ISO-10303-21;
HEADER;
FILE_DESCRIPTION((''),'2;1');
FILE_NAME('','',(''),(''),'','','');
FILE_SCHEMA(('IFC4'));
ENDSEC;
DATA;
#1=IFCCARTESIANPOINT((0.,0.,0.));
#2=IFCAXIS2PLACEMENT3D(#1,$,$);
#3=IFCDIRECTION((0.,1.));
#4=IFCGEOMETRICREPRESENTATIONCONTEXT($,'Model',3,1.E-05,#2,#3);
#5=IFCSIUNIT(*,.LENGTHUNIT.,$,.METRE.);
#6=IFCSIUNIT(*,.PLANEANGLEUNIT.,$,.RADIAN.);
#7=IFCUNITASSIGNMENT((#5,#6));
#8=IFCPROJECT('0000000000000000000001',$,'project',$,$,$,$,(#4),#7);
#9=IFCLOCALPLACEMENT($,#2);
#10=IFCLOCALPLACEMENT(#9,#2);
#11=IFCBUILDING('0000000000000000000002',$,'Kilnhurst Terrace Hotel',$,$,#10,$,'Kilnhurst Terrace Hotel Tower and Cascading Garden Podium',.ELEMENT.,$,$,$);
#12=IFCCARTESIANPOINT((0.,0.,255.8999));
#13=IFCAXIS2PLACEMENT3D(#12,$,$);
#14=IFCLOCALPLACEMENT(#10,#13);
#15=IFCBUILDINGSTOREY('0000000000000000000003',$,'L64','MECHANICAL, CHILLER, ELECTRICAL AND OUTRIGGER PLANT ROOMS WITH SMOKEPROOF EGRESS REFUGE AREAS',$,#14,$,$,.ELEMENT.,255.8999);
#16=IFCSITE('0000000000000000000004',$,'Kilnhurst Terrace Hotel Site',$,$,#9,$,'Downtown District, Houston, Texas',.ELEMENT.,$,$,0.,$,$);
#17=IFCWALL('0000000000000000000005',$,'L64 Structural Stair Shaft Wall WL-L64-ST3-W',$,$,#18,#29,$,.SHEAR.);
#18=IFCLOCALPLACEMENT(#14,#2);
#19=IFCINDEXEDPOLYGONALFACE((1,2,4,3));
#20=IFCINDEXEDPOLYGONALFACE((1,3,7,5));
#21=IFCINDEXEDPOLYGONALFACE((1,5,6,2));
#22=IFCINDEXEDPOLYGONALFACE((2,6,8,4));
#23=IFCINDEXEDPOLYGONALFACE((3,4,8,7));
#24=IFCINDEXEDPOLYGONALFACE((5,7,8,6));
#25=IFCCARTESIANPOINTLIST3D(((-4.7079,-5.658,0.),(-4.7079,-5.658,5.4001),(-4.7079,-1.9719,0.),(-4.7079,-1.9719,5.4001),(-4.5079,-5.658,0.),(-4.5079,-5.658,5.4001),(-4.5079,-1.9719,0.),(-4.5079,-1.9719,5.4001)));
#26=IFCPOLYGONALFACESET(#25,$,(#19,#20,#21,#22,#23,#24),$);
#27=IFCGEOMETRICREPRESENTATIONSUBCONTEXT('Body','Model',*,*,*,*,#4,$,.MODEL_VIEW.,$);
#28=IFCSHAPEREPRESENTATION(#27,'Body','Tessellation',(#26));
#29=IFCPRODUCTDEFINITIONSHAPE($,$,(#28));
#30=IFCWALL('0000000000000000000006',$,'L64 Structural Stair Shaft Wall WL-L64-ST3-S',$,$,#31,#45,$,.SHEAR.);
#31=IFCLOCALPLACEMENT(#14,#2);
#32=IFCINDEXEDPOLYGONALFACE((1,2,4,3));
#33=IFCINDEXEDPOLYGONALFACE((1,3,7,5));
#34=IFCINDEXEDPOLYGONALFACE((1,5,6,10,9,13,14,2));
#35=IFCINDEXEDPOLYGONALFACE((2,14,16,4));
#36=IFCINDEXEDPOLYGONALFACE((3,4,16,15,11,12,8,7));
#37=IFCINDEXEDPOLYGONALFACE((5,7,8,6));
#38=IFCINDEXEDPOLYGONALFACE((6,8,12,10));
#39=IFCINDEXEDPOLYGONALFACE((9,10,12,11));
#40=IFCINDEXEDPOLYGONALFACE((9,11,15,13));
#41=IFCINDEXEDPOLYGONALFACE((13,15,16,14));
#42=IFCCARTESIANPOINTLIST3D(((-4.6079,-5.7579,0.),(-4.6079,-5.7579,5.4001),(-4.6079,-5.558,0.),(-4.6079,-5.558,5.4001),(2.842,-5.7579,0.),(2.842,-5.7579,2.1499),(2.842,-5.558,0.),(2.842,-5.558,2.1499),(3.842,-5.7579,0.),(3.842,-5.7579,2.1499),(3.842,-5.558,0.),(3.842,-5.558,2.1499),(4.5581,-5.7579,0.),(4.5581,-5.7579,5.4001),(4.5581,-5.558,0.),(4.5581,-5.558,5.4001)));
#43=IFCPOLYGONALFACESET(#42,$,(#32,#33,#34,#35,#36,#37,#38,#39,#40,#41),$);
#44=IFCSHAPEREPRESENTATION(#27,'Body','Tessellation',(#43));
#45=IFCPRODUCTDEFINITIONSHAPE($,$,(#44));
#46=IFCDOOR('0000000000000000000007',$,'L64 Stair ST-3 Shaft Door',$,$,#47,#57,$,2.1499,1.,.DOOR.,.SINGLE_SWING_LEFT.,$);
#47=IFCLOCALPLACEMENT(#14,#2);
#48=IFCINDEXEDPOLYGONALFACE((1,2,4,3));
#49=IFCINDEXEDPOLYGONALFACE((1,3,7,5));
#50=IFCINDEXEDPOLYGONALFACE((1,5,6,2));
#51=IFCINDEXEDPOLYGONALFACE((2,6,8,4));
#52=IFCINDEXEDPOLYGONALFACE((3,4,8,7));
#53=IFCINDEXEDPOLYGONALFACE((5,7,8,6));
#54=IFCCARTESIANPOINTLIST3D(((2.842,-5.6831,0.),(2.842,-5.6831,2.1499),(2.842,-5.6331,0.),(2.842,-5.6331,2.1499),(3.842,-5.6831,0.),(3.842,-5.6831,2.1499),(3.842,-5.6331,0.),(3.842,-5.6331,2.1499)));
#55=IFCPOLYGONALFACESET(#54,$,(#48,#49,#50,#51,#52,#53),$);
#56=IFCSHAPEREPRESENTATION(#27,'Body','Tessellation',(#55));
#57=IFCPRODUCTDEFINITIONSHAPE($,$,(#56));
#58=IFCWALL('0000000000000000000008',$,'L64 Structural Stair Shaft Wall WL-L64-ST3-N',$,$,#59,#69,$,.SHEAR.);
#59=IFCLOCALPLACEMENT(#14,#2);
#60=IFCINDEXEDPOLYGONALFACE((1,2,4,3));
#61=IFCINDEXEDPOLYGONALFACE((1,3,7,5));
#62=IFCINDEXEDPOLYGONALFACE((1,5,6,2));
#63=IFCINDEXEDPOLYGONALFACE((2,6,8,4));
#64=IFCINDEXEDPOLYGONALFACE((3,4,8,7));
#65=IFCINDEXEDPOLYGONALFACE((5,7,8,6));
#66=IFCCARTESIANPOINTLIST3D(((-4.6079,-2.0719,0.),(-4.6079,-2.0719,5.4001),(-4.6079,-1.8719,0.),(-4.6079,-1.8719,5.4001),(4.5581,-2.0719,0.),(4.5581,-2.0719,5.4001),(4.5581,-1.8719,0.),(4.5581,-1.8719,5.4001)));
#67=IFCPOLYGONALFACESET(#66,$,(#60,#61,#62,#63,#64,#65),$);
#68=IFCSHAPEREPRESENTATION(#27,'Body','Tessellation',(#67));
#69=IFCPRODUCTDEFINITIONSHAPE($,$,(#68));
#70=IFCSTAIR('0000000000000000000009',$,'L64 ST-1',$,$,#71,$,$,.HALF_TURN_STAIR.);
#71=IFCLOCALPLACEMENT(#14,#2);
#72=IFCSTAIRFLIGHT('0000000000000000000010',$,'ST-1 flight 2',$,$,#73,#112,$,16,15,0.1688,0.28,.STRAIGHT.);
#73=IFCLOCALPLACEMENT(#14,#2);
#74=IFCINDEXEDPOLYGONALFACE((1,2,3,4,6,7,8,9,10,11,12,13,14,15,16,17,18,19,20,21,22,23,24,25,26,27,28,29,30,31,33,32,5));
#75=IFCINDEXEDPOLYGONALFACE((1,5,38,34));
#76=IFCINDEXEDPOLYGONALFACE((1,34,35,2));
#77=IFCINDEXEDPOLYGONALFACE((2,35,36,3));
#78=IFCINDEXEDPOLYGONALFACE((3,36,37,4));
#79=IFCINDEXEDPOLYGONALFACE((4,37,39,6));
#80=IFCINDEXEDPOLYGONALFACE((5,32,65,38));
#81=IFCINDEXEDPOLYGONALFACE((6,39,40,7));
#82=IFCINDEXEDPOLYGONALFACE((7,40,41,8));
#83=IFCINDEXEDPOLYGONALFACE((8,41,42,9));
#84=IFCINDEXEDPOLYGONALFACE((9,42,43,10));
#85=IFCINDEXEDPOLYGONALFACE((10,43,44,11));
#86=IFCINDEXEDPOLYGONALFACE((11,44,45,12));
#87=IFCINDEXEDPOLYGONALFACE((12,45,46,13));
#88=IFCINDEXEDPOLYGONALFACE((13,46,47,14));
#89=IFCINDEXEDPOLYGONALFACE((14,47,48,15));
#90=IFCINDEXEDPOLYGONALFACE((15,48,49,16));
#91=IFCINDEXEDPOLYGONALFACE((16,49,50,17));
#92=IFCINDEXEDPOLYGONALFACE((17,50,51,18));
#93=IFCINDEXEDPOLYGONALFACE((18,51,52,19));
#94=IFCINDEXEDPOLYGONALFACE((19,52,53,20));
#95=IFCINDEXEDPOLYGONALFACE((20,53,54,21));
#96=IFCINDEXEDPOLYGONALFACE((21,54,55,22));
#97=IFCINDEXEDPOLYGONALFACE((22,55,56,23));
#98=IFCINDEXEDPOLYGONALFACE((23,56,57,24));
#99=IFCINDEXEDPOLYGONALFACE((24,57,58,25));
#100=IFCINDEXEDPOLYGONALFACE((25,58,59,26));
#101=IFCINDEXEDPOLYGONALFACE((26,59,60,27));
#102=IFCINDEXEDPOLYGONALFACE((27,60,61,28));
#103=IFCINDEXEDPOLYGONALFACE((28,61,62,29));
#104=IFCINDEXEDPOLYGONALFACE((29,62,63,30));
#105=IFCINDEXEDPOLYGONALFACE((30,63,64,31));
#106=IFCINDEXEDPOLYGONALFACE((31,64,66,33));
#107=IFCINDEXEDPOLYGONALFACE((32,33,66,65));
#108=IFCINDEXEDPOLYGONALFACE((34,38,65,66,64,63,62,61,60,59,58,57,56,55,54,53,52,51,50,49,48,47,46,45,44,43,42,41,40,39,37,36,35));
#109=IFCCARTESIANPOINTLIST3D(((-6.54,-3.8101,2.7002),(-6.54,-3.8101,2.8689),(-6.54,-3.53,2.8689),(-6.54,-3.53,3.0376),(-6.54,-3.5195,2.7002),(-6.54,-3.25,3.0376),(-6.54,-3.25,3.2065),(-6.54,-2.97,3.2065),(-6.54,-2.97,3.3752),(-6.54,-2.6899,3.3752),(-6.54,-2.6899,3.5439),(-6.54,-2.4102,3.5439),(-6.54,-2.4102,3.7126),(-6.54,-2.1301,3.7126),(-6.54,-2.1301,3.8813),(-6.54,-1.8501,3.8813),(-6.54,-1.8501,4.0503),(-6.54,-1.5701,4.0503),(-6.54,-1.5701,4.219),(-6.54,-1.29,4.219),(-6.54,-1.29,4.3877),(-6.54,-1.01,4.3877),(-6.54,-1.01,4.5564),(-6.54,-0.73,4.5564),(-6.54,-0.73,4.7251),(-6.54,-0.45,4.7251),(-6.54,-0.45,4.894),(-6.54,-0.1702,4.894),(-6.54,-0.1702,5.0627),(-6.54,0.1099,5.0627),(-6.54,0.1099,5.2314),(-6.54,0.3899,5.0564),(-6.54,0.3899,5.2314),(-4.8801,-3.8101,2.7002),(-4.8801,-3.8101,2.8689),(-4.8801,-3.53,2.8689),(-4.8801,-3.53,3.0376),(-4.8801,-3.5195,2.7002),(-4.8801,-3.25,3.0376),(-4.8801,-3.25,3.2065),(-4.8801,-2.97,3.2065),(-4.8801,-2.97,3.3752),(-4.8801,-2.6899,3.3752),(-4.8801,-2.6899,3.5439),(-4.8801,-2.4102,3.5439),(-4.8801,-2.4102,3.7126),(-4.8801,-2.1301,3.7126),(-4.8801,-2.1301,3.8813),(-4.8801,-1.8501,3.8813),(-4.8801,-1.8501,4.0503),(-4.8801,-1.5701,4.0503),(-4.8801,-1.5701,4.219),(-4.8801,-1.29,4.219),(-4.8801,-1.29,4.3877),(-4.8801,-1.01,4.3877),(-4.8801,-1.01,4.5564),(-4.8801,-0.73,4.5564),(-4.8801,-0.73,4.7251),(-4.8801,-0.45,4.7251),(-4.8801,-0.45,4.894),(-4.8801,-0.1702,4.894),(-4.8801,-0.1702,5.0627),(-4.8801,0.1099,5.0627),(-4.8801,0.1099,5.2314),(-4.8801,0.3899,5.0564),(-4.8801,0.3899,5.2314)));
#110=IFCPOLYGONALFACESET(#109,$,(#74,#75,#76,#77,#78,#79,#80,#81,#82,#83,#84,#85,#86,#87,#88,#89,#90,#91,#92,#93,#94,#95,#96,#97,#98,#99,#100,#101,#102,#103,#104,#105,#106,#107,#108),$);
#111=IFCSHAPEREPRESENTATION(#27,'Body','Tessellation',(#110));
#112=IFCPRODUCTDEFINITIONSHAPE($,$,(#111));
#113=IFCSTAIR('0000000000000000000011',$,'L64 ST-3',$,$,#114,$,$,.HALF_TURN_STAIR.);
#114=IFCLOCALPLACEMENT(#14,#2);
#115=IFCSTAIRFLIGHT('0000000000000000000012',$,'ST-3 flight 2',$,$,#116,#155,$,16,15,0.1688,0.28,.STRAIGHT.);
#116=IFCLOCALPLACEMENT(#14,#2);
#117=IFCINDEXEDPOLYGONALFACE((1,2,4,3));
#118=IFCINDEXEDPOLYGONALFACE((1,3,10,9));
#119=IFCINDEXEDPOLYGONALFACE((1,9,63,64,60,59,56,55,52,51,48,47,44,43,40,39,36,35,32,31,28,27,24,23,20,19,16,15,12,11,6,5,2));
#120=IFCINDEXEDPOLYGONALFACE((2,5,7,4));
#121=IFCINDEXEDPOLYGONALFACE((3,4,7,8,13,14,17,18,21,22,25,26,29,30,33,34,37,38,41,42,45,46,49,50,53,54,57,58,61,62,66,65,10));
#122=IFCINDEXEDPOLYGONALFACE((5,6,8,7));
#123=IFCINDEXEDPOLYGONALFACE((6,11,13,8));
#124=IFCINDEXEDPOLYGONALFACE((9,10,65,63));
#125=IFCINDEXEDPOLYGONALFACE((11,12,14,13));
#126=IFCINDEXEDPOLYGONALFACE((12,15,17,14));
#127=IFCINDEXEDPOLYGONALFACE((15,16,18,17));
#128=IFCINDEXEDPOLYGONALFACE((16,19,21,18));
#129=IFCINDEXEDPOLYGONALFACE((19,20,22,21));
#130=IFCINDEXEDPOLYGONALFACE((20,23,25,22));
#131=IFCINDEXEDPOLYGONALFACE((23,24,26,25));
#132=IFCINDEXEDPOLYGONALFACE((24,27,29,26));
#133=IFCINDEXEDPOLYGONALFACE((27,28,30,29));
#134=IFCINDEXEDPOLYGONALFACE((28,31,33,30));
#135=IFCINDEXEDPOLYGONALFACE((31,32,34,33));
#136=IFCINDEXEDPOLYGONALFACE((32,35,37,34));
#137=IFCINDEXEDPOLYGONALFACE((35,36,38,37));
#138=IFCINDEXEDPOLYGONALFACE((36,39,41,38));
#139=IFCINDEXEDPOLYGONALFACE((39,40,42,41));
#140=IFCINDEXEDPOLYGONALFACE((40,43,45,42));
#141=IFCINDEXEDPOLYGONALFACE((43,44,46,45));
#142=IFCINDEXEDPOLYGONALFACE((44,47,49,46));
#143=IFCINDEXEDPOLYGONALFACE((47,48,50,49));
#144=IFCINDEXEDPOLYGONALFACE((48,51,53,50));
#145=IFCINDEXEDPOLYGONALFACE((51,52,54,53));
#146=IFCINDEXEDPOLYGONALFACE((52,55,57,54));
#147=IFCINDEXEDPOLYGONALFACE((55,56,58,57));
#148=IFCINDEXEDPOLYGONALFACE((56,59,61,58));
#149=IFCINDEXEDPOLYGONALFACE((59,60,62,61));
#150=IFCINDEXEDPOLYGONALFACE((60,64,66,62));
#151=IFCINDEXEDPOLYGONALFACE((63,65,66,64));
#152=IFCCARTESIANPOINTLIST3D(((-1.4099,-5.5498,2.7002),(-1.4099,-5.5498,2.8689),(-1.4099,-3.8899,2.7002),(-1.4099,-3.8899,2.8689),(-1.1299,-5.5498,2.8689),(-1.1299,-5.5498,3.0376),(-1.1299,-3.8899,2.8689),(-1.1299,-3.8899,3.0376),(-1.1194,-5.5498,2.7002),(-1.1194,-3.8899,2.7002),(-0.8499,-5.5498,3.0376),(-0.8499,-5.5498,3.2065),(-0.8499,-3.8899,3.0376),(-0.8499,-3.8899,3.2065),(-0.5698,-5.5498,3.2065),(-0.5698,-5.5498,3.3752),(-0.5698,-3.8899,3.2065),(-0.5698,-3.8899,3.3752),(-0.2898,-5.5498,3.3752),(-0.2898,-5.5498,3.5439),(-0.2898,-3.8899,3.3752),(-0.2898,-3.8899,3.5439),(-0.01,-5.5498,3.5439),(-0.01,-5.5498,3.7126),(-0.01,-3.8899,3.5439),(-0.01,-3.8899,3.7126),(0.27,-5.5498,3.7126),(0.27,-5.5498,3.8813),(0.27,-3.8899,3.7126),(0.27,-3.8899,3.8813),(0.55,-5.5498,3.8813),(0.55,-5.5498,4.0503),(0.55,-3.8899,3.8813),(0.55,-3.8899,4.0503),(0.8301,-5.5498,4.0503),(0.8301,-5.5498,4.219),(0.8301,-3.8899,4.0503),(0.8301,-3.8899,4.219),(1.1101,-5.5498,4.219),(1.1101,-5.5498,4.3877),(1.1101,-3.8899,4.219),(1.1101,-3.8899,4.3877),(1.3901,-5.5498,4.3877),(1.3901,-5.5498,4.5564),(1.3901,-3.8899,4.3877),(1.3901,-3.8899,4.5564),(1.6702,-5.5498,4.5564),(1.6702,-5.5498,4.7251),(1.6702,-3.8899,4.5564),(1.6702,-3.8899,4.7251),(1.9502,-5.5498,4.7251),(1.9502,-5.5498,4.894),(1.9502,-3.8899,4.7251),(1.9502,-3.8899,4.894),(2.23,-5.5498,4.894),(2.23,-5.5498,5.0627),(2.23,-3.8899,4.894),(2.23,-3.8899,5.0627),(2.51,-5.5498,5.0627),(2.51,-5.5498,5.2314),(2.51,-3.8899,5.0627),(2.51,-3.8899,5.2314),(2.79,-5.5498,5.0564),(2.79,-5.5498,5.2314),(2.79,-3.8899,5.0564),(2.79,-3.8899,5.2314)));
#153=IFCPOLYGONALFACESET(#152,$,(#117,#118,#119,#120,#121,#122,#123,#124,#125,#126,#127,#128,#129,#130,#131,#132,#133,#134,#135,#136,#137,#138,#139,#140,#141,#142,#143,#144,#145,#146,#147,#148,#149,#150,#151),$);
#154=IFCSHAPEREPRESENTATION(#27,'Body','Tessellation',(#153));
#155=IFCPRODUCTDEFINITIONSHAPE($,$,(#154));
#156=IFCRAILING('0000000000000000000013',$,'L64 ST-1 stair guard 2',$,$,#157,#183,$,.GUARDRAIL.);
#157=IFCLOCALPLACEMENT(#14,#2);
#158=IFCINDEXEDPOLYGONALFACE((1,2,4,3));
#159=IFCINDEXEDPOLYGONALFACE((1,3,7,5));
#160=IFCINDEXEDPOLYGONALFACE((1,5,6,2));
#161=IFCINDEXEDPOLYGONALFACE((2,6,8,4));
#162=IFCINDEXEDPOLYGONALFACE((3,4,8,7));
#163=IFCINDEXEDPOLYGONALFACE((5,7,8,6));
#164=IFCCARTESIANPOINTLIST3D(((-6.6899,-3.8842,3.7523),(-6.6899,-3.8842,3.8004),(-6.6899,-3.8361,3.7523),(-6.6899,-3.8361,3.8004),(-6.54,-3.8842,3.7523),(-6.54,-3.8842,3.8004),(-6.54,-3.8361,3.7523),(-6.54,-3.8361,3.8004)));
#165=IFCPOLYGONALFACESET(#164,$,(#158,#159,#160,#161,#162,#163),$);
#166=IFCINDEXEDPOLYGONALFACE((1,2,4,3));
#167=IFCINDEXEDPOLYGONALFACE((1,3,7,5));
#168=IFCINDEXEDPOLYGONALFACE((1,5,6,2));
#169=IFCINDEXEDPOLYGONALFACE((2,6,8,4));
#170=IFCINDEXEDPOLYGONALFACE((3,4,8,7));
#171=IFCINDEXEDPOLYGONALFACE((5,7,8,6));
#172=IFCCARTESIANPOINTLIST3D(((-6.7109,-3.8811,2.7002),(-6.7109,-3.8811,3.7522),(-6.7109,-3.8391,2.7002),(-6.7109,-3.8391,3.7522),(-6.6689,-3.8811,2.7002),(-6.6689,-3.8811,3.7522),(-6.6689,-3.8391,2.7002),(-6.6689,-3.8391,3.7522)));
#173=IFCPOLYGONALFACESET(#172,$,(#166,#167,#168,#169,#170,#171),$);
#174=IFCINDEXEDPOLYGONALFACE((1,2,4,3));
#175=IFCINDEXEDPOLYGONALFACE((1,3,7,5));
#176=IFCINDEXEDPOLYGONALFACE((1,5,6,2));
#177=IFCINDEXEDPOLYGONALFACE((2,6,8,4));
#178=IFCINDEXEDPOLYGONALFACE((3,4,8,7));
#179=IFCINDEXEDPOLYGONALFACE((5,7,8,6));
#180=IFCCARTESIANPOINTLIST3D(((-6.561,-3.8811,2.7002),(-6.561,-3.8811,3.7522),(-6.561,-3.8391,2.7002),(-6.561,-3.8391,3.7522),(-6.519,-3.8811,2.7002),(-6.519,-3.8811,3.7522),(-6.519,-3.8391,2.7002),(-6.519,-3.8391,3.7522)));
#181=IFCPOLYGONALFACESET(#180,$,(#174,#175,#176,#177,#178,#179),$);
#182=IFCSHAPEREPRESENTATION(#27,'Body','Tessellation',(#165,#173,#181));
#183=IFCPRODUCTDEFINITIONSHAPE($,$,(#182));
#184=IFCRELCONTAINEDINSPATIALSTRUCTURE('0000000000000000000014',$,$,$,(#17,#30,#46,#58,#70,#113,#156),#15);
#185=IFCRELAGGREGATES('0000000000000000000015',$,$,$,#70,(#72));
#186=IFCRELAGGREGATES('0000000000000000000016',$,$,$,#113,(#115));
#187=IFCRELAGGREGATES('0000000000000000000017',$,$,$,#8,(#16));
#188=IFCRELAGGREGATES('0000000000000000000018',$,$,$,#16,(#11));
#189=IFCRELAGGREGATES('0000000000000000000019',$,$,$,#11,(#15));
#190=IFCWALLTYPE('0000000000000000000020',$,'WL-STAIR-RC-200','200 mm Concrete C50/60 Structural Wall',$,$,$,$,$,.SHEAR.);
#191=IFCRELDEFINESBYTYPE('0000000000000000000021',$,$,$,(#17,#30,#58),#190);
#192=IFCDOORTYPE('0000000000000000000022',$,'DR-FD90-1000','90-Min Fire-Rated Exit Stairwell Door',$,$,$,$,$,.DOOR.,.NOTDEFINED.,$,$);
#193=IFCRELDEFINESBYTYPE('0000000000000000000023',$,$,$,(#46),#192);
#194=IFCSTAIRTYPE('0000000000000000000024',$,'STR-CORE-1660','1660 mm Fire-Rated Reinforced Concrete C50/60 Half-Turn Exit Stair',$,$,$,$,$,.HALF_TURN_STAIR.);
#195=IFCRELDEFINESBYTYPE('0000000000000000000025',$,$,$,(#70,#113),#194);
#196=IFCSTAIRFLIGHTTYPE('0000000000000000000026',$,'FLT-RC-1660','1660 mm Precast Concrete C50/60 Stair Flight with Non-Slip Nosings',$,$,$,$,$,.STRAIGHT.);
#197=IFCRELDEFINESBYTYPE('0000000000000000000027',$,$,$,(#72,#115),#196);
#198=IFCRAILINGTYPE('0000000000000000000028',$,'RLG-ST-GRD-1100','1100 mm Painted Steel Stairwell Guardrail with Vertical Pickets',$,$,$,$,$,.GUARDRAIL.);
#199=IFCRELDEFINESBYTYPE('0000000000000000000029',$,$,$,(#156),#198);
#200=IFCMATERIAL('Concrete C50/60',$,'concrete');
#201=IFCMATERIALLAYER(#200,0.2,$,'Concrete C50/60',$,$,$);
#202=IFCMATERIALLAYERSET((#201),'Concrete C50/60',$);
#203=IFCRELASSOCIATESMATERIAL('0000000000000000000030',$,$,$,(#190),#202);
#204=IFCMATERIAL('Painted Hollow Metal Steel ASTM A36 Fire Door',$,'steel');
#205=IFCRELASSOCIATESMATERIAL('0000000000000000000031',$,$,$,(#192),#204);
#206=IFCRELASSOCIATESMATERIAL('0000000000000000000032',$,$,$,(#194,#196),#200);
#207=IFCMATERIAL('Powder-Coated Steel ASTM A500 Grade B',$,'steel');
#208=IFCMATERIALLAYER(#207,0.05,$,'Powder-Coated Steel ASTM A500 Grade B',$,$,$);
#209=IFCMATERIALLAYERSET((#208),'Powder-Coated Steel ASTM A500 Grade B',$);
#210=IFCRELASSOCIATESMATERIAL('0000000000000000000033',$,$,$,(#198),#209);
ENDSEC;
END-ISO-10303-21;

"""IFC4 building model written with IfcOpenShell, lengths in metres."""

from ifc_helpers import new_model, si_unit, direction, frame, frame_2d, origin, origin_2d, place, context, subcontext, project, spatial, polyline, rectangle, outline, extrude, material, layer, layer_set, type_object, element, fill, aggregate, save


model = new_model("IFC4")

# Units and contexts
model_context = context("Model", 3, precision=1e-05, world=origin(), true_north=direction((0.0, 1.0)))
body_context = subcontext(model_context, "Body", "Model", "MODEL_VIEW")
ifc_project = project(units=[si_unit("LENGTHUNIT", "METRE"), si_unit("PLANEANGLEUNIT", "RADIAN")], contexts=[model_context])

# Site, building, storey
site_placement = place(None, origin())
site = spatial("IfcSite", under=ifc_project, at=site_placement, Name="Kilnhurst Terrace Hotel Site", LongName="Downtown District, Houston, Texas", CompositionType="ELEMENT", RefElevation=0.0)
building_placement = place(site_placement, origin())
building = spatial("IfcBuilding", under=site, at=building_placement, Name="Kilnhurst Terrace Hotel", LongName="Kilnhurst Terrace Hotel Tower and Cascading Garden Podium", CompositionType="ELEMENT")
storey_placement = place(building_placement, frame((0.0, 0.0, 255.8999)))
storey = spatial("IfcBuildingStorey", under=building, at=storey_placement, Name="L64", Description="MECHANICAL, CHILLER, ELECTRICAL AND OUTRIGGER PLANT ROOMS WITH SMOKEPROOF EGRESS REFUGE AREAS", CompositionType="ELEMENT", Elevation=255.8999)

# Shared definitions
ifc_material_1 = material(Name="Painted Hollow Metal Steel ASTM A36 Fire Door", Category="steel")

# Wall
ifc_material_2 = material(Name="Concrete C50/60", Category="concrete")
ifc_layer_1 = layer(ifc_material_2, 0.2, Name="Concrete C50/60")
ifc_layer_set_1 = layer_set([ifc_layer_1], Name="Concrete C50/60")
wall_type_1 = type_object("IfcWallType", Name="WL-STAIR-RC-200", Description="200 mm Concrete C50/60 Structural Wall", PredefinedType="SHEAR", material=ifc_layer_set_1)
for number, where, z_axis, x_axis, name in (
    (1, (-4.6079, -5.658, 0.0), (0.0, 0.0, 1.0), (0.0, 1.0, 0.0), "L64 Structural Stair Shaft Wall WL-L64-ST3-W"),
):
    element("IfcWall", number, at=place(storey_placement, frame(where, z_axis=z_axis, x_axis=x_axis)), inside=storey, type_object=wall_type_1, Name=name, PredefinedType="SHEAR", context=body_context, shape_type="SweptSolid", body=[
        extrude(rectangle(XDim=3.686, YDim=0.2, at=frame_2d((1.843, 0.0))), origin(), (0.0, 0.0, 1.0), 5.4001),
    ])

# Wall, opening, door
wall_1_placement = place(storey_placement, frame((-4.6079, -5.658, 0.0), z_axis=(0.0, 0.0, 1.0), x_axis=(1.0, 0.0, 0.0)))
wall_1 = element("IfcWall", 2, at=wall_1_placement, inside=storey, type_object=wall_type_1, Name="L64 Structural Stair Shaft Wall WL-L64-ST3-S", PredefinedType="SHEAR", context=body_context, shape_type="SweptSolid", body=[
    extrude(rectangle(XDim=9.166, YDim=0.2, at=frame_2d((4.583, 0.0))), origin(), (0.0, 0.0, 1.0), 5.4001),
])
opening_1_placement = place(wall_1_placement, frame((7.45, 0.0, 0.0)))
opening_1 = element("IfcOpeningElement", 3, at=opening_1_placement, cuts=wall_1, PredefinedType="OPENING", context=body_context, shape_type="SweptSolid", body=[
    extrude(rectangle(XDim=1.0, YDim=2.1499, at=frame_2d((0.5, 1.075))), frame((0.0, 0.1099, 0.0), z_axis=(0.0, -1.0, 0.0), x_axis=(1.0, 0.0, 0.0)), (0.0, 0.0, 1.0), 0.22),
])
door_type_1 = type_object("IfcDoorType", Name="DR-FD90-1000", Description="90-Min Fire-Rated Exit Stairwell Door", OperationType="NOTDEFINED", PredefinedType="DOOR", material=ifc_material_1)
door_1_placement = place(opening_1_placement, origin())
door_1 = element("IfcDoor", 4, at=door_1_placement, inside=storey, type_object=door_type_1, Name="L64 Stair ST-3 Shaft Door", OperationType="SINGLE_SWING_LEFT", OverallHeight=2.1499, OverallWidth=1.0, PredefinedType="DOOR", context=body_context, shape_type="SweptSolid", body=[
    extrude(rectangle(XDim=1.0, YDim=2.1499, at=frame_2d((0.5, 1.075))), frame((0.0, 0.0249, 0.0), z_axis=(0.0, -1.0, 0.0), x_axis=(1.0, 0.0, 0.0)), (0.0, 0.0, 1.0), 0.05),
])
fill(opening_1, door_1)

# Wall
wall_2_placement = place(storey_placement, frame((-4.6079, -1.9719, 0.0), z_axis=(0.0, 0.0, 1.0), x_axis=(1.0, 0.0, 0.0)))
element("IfcWall", 5, at=wall_2_placement, inside=storey, type_object=wall_type_1, Name="L64 Structural Stair Shaft Wall WL-L64-ST3-N", PredefinedType="SHEAR", context=body_context, shape_type="SweptSolid", body=[
    extrude(rectangle(XDim=9.166, YDim=0.2, at=frame_2d((4.583, 0.0))), origin(), (0.0, 0.0, 1.0), 5.4001),
])

# Stairs, stair flights
stair_type = type_object("IfcStairType", Name="STR-CORE-1660", Description="1660 mm Fire-Rated Reinforced Concrete C50/60 Half-Turn Exit Stair", PredefinedType="HALF_TURN_STAIR", material=ifc_material_2)
stair_1_placement = place(storey_placement, origin())
stair_1 = element("IfcStair", 6, at=stair_1_placement, inside=storey, type_object=stair_type, Name="L64 ST-1", PredefinedType="HALF_TURN_STAIR")
stair_flight_type = type_object("IfcStairFlightType", Name="FLT-RC-1660", Description="1660 mm Precast Concrete C50/60 Stair Flight with Non-Slip Nosings", PredefinedType="STRAIGHT", material=ifc_material_2)
stair_flight_1_placement = place(storey_placement, frame((-5.71, -3.8101, 2.7002), z_axis=(0.0, 0.0, 1.0), x_axis=(0.0, 1.0, 0.0)))
stair_flight_1 = element("IfcStairFlight", 7, at=stair_flight_1_placement, type_object=stair_flight_type, Name="ST-1 flight 2", NumberOfRisers=16, NumberOfTreads=15, PredefinedType="STRAIGHT", RiserHeight=0.1688, TreadLength=0.28, context=body_context, shape_type="SweptSolid", body=[
    extrude(outline(polyline([(0.0, 0.0), (0.0, 0.1687), (0.28, 0.1687), (0.28, 0.3374), (0.5601, 0.3374), (0.5601, 0.5063), (0.8401, 0.5063), (0.8401, 0.675), (1.1201, 0.675), (1.1201, 0.8438), (1.3999, 0.8438), (1.3999, 1.0125), (1.6799, 1.0125), (1.6799, 1.1812), (1.96, 1.1812), (1.96, 1.3501), (2.24, 1.3501), (2.24, 1.5188), (2.52, 1.5188), (2.52, 1.6875), (2.8, 1.6875), (2.8, 1.8562), (3.0801, 1.8562), (3.0801, 2.0249), (3.3601, 2.0249), (3.3601, 2.1938), (3.6399, 2.1938), (3.6399, 2.3625), (3.9199, 2.3625), (3.9199, 2.5312), (4.2, 2.5312), (4.2, 2.7), (4.2, 2.3562), (0.2905, 0.0), (0.0, 0.0)])), frame((0.0, 0.8301, 0.0), z_axis=(0.0, -1.0, 0.0), x_axis=(1.0, 0.0, 0.0)), (0.0, 0.0, 1.0), 1.6599),
])
aggregate(stair_1, [stair_flight_1])
stair_2_placement = place(storey_placement, origin())
stair_2 = element("IfcStair", 8, at=stair_2_placement, inside=storey, type_object=stair_type, Name="L64 ST-3", PredefinedType="HALF_TURN_STAIR")
stair_flight_2_placement = place(storey_placement, frame((-1.4099, -4.72, 2.7002), z_axis=(0.0, 0.0, 1.0), x_axis=(1.0, 0.0, 0.0)))
stair_flight_2 = element("IfcStairFlight", 9, at=stair_flight_2_placement, type_object=stair_flight_type, Name="ST-3 flight 2", NumberOfRisers=16, NumberOfTreads=15, PredefinedType="STRAIGHT", RiserHeight=0.1688, TreadLength=0.28, context=body_context, shape_type="SweptSolid", body=[
    extrude(outline(polyline([(0.0, 0.0), (0.0, 0.1687), (0.28, 0.1687), (0.28, 0.3374), (0.5601, 0.3374), (0.5601, 0.5063), (0.8401, 0.5063), (0.8401, 0.675), (1.1201, 0.675), (1.1201, 0.8438), (1.3999, 0.8438), (1.3999, 1.0125), (1.6799, 1.0125), (1.6799, 1.1812), (1.96, 1.1812), (1.96, 1.3501), (2.24, 1.3501), (2.24, 1.5188), (2.52, 1.5188), (2.52, 1.6875), (2.8, 1.6875), (2.8, 1.8562), (3.0801, 1.8562), (3.0801, 2.0249), (3.3601, 2.0249), (3.3601, 2.1938), (3.6399, 2.1938), (3.6399, 2.3625), (3.9199, 2.3625), (3.9199, 2.5312), (4.2, 2.5312), (4.2, 2.7), (4.2, 2.3562), (0.2905, 0.0), (0.0, 0.0)])), frame((0.0, 0.8301, 0.0), z_axis=(0.0, -1.0, 0.0), x_axis=(1.0, 0.0, 0.0)), (0.0, 0.0, 1.0), 1.6599),
])
aggregate(stair_2, [stair_flight_2])

# Railing
ifc_material_3 = material(Name="Powder-Coated Steel ASTM A500 Grade B", Category="steel")
ifc_layer_2 = layer(ifc_material_3, 0.05, Name="Powder-Coated Steel ASTM A500 Grade B")
ifc_layer_set_2 = layer_set([ifc_layer_2], Name="Powder-Coated Steel ASTM A500 Grade B")
railing_type_1 = type_object("IfcRailingType", Name="RLG-ST-GRD-1100", Description="1100 mm Painted Steel Stairwell Guardrail with Vertical Pickets", PredefinedType="GUARDRAIL", material=ifc_layer_set_2)
railing_1_placement = place(storey_placement, frame((-6.6899, -3.8601, 2.7002)))
element("IfcRailing", 10, at=railing_1_placement, inside=storey, type_object=railing_type_1, Name="L64 ST-1 stair guard 2", PredefinedType="GUARDRAIL", context=body_context, shape_type="SweptSolid", body=[
    extrude(rectangle(XDim=0.0481, YDim=0.0481, at=origin_2d()), frame((0.0, 0.0, 1.0762), z_axis=(1.0, 0.0, 0.0), x_axis=(0.0, 1.0, 0.0)), (0.0, 0.0, 1.0), 0.1499),
    extrude(rectangle(XDim=0.042, YDim=0.042, at=origin_2d()), origin(), (0.0, 0.0, 1.0), 1.052),
    extrude(rectangle(XDim=0.042, YDim=0.042, at=origin_2d()), frame((0.1499, 0.0, 0.0)), (0.0, 0.0, 1.0), 1.052),
])

save(model, "model.ifc")
